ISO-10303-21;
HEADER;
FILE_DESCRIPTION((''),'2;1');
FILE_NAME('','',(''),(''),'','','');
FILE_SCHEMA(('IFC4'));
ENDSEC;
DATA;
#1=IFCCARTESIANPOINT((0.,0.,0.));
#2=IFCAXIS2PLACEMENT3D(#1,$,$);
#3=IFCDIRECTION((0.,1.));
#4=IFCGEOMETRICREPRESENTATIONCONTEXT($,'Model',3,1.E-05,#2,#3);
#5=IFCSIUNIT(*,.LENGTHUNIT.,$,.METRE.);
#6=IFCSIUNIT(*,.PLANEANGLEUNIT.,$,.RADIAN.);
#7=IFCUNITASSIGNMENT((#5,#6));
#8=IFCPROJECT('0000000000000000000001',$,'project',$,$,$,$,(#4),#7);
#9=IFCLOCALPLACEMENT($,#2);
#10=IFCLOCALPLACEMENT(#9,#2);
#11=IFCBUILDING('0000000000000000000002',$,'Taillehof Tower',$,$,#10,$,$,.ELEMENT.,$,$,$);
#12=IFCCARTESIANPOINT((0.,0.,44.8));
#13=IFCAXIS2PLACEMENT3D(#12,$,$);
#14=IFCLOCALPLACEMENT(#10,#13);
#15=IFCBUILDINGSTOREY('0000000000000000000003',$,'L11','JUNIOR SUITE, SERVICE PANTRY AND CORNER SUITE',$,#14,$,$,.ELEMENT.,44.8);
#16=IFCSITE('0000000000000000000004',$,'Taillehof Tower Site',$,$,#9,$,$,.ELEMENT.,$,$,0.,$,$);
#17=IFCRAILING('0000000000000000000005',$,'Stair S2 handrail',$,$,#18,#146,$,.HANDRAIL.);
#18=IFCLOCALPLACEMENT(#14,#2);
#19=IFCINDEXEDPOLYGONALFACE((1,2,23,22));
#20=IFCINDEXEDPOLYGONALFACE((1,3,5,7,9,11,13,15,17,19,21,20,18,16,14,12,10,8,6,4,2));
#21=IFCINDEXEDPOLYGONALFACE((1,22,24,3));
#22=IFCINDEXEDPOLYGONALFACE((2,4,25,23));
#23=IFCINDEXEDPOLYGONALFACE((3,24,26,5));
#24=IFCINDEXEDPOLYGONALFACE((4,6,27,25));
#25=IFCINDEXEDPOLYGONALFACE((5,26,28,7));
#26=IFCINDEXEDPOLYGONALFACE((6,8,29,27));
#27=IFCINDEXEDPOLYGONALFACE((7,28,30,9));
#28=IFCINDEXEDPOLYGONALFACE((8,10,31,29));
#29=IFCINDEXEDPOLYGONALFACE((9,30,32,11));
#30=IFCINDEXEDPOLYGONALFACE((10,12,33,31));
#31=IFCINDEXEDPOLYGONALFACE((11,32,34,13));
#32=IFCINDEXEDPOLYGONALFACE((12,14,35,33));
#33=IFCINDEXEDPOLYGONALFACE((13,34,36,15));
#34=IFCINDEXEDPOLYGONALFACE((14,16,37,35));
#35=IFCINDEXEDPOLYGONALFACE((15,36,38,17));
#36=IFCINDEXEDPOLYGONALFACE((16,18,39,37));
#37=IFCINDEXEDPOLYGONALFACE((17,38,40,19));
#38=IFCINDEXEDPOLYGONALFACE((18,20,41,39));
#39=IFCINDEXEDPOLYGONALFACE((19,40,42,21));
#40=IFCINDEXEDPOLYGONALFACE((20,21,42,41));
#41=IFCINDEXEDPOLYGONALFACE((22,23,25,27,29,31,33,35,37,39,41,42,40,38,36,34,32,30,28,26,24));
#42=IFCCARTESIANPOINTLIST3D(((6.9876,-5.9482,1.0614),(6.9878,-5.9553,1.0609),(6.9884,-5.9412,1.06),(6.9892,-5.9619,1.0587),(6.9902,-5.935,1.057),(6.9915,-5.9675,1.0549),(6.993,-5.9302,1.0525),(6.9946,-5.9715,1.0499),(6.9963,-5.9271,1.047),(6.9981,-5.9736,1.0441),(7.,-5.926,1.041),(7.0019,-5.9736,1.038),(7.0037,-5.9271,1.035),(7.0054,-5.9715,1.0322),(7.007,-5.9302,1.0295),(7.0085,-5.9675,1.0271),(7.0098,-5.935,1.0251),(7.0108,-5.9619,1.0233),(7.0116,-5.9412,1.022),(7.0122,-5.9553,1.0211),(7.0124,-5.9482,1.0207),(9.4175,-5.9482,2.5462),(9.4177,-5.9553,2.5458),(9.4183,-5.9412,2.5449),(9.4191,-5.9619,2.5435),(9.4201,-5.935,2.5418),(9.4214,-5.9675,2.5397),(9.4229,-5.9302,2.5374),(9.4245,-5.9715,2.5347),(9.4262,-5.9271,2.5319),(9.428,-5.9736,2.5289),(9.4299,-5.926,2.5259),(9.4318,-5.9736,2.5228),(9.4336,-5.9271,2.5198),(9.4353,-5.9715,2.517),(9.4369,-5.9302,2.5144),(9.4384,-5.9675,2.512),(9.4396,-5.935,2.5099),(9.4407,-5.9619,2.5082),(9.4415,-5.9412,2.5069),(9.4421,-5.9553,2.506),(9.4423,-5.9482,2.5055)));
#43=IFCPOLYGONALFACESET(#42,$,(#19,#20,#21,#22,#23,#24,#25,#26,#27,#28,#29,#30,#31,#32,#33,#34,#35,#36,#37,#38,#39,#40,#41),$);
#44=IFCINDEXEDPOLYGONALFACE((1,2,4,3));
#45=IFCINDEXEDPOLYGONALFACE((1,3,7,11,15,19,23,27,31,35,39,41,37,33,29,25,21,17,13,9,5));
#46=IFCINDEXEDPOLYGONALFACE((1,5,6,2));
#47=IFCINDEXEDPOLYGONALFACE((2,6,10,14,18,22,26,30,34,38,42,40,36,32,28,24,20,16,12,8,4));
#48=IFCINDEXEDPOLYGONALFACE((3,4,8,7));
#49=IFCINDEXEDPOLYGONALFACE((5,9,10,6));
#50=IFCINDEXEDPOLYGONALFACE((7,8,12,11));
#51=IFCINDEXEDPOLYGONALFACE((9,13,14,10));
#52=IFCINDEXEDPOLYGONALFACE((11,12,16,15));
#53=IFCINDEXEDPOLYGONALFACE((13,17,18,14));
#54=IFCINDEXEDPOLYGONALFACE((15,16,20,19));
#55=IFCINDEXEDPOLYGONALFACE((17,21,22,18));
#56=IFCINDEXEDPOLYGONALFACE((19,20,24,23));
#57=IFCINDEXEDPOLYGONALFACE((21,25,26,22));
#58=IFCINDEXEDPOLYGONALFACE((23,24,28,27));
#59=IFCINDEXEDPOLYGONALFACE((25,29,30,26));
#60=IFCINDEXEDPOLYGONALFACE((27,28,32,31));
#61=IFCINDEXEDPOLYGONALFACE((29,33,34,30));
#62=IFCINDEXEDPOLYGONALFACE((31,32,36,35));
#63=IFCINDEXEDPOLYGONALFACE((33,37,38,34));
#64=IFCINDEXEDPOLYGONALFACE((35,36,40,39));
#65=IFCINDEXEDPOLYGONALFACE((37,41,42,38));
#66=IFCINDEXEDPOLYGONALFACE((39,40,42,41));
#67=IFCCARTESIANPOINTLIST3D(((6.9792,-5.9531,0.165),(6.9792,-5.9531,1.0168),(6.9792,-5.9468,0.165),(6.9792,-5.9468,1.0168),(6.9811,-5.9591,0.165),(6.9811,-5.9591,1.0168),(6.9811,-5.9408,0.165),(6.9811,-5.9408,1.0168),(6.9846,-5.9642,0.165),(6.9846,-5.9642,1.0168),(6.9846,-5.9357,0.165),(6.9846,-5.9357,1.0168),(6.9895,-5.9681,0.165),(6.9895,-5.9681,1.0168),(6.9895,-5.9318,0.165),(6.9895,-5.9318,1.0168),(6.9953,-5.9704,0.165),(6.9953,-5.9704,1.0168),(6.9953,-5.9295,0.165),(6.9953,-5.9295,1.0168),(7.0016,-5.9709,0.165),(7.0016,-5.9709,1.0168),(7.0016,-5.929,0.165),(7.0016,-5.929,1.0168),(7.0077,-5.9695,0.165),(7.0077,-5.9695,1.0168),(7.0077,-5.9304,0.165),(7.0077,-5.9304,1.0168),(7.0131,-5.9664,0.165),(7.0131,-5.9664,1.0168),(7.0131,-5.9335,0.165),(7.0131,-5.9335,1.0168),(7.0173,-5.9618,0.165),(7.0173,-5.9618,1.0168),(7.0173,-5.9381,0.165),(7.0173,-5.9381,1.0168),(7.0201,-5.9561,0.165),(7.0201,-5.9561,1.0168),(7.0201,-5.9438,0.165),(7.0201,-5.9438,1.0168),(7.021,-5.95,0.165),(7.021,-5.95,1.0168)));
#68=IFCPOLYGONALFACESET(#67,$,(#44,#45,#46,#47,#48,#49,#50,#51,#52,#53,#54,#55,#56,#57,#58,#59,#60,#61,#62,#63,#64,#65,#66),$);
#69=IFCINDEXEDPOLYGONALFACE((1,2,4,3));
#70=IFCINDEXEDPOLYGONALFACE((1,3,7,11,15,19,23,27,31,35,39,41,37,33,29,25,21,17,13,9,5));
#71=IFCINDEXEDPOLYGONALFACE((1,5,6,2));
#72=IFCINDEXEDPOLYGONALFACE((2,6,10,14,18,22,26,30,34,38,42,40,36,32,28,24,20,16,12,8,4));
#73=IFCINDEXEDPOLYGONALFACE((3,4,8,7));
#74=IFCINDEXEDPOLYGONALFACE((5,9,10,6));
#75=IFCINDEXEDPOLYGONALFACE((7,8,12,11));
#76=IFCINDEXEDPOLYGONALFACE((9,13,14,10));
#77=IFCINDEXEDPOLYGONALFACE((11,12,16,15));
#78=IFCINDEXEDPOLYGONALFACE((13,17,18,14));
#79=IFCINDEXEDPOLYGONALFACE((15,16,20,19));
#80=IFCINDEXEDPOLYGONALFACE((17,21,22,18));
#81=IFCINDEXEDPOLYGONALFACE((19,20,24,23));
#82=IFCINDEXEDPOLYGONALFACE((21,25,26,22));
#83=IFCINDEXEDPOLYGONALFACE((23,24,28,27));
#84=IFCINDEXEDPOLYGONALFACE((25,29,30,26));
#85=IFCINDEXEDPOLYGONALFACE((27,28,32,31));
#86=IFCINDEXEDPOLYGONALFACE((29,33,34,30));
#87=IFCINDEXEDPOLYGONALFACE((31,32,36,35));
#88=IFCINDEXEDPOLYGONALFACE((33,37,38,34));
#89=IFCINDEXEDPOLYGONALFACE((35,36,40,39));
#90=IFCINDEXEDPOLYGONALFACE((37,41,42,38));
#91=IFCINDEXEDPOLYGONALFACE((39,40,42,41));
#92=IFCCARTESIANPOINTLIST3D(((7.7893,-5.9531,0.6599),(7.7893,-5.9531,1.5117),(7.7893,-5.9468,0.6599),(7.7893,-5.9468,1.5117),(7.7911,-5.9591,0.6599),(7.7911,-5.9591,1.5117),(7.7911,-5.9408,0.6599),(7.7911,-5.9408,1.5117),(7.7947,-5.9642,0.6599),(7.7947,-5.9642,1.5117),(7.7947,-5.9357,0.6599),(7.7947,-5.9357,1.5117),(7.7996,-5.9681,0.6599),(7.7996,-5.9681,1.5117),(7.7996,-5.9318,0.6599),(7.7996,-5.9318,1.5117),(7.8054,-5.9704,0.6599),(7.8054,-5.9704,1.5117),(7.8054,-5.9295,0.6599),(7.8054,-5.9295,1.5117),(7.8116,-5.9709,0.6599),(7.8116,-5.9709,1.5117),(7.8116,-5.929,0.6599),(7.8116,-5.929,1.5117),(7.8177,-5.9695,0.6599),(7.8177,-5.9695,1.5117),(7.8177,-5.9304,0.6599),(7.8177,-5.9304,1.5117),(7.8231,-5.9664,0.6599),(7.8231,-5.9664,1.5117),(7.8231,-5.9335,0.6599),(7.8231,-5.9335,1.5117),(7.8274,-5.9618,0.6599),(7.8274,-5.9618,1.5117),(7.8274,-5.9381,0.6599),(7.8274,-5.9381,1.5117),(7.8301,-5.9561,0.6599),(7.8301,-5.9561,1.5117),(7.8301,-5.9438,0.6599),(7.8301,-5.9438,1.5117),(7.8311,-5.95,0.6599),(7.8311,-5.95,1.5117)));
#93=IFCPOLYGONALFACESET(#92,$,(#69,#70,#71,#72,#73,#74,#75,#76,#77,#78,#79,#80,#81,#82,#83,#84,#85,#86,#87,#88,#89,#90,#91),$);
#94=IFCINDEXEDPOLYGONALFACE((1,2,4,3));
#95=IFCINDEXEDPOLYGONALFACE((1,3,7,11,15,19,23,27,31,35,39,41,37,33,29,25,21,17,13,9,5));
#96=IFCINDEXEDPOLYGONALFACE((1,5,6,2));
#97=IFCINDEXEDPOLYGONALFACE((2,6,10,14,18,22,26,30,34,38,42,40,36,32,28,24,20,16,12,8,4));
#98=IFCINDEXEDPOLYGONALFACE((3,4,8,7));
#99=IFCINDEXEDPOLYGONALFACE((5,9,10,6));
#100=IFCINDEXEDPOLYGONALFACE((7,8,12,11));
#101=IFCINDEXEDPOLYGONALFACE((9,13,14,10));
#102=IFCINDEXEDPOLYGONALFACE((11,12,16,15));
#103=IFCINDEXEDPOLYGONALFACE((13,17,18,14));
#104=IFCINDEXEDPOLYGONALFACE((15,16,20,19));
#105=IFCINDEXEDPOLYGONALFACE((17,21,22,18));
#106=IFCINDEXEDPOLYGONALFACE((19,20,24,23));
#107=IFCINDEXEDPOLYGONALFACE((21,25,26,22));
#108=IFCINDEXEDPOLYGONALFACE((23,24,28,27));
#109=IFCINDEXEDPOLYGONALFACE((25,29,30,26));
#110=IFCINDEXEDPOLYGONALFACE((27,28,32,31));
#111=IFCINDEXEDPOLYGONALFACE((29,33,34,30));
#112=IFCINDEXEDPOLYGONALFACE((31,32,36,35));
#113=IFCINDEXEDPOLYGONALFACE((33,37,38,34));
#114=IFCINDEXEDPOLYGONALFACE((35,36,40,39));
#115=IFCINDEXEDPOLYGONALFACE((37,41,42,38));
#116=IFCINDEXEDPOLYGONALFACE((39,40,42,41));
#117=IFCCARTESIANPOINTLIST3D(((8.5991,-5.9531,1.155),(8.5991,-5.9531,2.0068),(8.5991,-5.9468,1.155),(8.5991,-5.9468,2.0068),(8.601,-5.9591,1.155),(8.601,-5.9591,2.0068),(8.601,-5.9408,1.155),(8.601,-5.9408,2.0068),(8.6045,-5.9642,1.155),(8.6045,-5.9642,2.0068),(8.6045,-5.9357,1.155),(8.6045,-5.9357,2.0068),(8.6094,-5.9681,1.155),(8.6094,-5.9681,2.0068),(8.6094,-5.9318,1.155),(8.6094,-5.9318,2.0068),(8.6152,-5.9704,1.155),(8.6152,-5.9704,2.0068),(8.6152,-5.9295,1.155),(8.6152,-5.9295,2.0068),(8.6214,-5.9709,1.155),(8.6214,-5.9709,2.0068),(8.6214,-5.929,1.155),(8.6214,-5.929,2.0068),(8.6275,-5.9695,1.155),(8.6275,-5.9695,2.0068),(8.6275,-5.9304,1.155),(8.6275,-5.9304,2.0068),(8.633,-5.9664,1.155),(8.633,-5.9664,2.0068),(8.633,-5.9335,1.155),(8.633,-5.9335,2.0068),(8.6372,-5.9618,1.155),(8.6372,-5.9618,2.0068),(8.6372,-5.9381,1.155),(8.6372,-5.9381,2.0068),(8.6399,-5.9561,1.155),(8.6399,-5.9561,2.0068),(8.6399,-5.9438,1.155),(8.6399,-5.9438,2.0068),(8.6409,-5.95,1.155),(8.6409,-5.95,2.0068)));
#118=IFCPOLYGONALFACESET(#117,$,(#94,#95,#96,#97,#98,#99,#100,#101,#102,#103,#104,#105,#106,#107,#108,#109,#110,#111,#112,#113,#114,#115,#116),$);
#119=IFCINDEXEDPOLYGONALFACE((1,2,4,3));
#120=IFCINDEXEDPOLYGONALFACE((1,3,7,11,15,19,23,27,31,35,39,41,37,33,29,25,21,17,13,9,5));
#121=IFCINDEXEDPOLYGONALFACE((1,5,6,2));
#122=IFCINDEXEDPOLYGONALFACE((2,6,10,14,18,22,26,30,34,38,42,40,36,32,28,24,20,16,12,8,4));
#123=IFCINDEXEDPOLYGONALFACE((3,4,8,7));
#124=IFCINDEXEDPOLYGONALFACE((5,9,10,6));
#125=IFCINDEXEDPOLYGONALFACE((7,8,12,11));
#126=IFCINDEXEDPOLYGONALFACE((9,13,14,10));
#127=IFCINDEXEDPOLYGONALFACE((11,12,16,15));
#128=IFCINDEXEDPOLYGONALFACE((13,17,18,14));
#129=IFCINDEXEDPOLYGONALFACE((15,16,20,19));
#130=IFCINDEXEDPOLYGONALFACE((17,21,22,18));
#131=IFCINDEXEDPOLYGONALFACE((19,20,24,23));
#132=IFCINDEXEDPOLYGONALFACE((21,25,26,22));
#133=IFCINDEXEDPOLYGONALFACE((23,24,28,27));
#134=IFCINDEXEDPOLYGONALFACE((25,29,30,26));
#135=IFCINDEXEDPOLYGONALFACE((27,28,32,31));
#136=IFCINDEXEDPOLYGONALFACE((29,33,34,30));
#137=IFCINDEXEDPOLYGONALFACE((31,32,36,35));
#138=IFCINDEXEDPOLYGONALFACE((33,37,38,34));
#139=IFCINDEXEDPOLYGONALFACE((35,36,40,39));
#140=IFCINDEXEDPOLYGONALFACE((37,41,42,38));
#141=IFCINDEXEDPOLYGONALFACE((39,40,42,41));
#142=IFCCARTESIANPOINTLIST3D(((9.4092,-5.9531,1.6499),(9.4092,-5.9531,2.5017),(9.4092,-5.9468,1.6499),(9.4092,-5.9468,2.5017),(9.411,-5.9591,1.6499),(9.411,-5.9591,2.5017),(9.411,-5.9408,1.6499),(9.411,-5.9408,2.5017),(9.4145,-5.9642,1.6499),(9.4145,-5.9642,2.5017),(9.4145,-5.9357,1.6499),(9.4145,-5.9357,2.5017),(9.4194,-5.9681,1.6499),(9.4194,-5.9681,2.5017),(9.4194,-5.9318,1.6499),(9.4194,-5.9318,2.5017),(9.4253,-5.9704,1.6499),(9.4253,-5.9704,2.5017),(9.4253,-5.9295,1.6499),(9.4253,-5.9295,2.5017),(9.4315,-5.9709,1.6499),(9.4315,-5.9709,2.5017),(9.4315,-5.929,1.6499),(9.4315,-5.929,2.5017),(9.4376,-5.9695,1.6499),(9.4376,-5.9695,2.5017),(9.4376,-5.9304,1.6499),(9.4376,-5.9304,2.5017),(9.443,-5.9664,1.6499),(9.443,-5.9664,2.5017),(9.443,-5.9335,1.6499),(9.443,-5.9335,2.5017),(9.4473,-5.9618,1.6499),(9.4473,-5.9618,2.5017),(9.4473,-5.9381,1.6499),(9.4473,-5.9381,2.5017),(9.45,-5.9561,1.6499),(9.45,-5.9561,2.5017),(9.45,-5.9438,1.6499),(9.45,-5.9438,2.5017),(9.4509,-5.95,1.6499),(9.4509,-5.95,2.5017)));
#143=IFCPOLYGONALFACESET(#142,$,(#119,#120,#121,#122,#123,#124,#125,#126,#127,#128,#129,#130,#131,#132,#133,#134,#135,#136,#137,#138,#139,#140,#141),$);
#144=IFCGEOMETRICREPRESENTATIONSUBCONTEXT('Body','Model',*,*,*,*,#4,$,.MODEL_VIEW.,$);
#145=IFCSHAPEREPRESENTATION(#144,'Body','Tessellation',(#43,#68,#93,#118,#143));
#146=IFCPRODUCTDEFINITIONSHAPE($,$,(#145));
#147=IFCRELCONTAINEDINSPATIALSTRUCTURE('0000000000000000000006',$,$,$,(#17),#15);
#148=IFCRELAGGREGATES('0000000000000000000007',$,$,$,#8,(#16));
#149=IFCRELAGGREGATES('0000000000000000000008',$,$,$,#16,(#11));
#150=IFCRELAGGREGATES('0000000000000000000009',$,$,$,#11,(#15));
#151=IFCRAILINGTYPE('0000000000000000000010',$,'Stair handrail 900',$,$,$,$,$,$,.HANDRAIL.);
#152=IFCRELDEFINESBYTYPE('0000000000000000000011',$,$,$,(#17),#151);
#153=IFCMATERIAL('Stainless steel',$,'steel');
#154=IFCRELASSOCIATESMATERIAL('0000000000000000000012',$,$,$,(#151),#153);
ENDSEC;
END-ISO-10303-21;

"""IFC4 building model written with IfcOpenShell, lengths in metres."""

from ifc_helpers import new_model, si_unit, direction, frame, origin, origin_2d, place, context, subcontext, project, spatial, circle, extrude, material, type_object, element, save


model = new_model("IFC4")

# Units and contexts
model_context = context("Model", 3, precision=1e-05, world=origin(), true_north=direction((0.0, 1.0)))
body_context = subcontext(model_context, "Body", "Model", "MODEL_VIEW")
ifc_project = project(units=[si_unit("LENGTHUNIT", "METRE"), si_unit("PLANEANGLEUNIT", "RADIAN")], contexts=[model_context])

# Site, building, storey
site_placement = place(None, origin())
site = spatial("IfcSite", under=ifc_project, at=site_placement, Name="Taillehof Tower Site", CompositionType="ELEMENT", RefElevation=0.0)
building_placement = place(site_placement, origin())
building = spatial("IfcBuilding", under=site, at=building_placement, Name="Taillehof Tower", CompositionType="ELEMENT")
storey_placement = place(building_placement, frame((0.0, 0.0, 44.8)))
storey = spatial("IfcBuildingStorey", under=building, at=storey_placement, Name="L11", Description="JUNIOR SUITE, SERVICE PANTRY AND CORNER SUITE", CompositionType="ELEMENT", Elevation=44.8)

# Railing
ifc_material_1 = material(Name="Stainless steel", Category="steel")
railing_type = type_object("IfcRailingType", Name="Stair handrail 900", PredefinedType="HANDRAIL", material=ifc_material_1)
railing_1_placement = place(storey_placement, frame((7.0, -5.95, 0.165)))
element("IfcRailing", 1, at=railing_1_placement, inside=storey, type_object=railing_type, Name="Stair S2 handrail", PredefinedType="HANDRAIL", context=body_context, shape_type="SweptSolid", body=[
    extrude(circle(Radius=0.0239, at=origin_2d()), frame((0.0, 0.0, 0.876), z_axis=(0.853297, 0.0, 0.521426), x_axis=(0.0, 1.0, 0.0)), (0.0, 0.0, 1.0), 2.8477),
    extrude(circle(Radius=0.021, at=origin_2d()), origin(), (0.0, 0.0, 1.0), 0.8518),
    extrude(circle(Radius=0.021, at=origin_2d()), frame((0.8101, 0.0, 0.4949)), (0.0, 0.0, 1.0), 0.8518),
    extrude(circle(Radius=0.021, at=origin_2d()), frame((1.6199, 0.0, 0.99)), (0.0, 0.0, 1.0), 0.8518),
    extrude(circle(Radius=0.021, at=origin_2d()), frame((2.4299, 0.0, 1.4849)), (0.0, 0.0, 1.0), 0.8518),
])

save(model, "model.ifc")
